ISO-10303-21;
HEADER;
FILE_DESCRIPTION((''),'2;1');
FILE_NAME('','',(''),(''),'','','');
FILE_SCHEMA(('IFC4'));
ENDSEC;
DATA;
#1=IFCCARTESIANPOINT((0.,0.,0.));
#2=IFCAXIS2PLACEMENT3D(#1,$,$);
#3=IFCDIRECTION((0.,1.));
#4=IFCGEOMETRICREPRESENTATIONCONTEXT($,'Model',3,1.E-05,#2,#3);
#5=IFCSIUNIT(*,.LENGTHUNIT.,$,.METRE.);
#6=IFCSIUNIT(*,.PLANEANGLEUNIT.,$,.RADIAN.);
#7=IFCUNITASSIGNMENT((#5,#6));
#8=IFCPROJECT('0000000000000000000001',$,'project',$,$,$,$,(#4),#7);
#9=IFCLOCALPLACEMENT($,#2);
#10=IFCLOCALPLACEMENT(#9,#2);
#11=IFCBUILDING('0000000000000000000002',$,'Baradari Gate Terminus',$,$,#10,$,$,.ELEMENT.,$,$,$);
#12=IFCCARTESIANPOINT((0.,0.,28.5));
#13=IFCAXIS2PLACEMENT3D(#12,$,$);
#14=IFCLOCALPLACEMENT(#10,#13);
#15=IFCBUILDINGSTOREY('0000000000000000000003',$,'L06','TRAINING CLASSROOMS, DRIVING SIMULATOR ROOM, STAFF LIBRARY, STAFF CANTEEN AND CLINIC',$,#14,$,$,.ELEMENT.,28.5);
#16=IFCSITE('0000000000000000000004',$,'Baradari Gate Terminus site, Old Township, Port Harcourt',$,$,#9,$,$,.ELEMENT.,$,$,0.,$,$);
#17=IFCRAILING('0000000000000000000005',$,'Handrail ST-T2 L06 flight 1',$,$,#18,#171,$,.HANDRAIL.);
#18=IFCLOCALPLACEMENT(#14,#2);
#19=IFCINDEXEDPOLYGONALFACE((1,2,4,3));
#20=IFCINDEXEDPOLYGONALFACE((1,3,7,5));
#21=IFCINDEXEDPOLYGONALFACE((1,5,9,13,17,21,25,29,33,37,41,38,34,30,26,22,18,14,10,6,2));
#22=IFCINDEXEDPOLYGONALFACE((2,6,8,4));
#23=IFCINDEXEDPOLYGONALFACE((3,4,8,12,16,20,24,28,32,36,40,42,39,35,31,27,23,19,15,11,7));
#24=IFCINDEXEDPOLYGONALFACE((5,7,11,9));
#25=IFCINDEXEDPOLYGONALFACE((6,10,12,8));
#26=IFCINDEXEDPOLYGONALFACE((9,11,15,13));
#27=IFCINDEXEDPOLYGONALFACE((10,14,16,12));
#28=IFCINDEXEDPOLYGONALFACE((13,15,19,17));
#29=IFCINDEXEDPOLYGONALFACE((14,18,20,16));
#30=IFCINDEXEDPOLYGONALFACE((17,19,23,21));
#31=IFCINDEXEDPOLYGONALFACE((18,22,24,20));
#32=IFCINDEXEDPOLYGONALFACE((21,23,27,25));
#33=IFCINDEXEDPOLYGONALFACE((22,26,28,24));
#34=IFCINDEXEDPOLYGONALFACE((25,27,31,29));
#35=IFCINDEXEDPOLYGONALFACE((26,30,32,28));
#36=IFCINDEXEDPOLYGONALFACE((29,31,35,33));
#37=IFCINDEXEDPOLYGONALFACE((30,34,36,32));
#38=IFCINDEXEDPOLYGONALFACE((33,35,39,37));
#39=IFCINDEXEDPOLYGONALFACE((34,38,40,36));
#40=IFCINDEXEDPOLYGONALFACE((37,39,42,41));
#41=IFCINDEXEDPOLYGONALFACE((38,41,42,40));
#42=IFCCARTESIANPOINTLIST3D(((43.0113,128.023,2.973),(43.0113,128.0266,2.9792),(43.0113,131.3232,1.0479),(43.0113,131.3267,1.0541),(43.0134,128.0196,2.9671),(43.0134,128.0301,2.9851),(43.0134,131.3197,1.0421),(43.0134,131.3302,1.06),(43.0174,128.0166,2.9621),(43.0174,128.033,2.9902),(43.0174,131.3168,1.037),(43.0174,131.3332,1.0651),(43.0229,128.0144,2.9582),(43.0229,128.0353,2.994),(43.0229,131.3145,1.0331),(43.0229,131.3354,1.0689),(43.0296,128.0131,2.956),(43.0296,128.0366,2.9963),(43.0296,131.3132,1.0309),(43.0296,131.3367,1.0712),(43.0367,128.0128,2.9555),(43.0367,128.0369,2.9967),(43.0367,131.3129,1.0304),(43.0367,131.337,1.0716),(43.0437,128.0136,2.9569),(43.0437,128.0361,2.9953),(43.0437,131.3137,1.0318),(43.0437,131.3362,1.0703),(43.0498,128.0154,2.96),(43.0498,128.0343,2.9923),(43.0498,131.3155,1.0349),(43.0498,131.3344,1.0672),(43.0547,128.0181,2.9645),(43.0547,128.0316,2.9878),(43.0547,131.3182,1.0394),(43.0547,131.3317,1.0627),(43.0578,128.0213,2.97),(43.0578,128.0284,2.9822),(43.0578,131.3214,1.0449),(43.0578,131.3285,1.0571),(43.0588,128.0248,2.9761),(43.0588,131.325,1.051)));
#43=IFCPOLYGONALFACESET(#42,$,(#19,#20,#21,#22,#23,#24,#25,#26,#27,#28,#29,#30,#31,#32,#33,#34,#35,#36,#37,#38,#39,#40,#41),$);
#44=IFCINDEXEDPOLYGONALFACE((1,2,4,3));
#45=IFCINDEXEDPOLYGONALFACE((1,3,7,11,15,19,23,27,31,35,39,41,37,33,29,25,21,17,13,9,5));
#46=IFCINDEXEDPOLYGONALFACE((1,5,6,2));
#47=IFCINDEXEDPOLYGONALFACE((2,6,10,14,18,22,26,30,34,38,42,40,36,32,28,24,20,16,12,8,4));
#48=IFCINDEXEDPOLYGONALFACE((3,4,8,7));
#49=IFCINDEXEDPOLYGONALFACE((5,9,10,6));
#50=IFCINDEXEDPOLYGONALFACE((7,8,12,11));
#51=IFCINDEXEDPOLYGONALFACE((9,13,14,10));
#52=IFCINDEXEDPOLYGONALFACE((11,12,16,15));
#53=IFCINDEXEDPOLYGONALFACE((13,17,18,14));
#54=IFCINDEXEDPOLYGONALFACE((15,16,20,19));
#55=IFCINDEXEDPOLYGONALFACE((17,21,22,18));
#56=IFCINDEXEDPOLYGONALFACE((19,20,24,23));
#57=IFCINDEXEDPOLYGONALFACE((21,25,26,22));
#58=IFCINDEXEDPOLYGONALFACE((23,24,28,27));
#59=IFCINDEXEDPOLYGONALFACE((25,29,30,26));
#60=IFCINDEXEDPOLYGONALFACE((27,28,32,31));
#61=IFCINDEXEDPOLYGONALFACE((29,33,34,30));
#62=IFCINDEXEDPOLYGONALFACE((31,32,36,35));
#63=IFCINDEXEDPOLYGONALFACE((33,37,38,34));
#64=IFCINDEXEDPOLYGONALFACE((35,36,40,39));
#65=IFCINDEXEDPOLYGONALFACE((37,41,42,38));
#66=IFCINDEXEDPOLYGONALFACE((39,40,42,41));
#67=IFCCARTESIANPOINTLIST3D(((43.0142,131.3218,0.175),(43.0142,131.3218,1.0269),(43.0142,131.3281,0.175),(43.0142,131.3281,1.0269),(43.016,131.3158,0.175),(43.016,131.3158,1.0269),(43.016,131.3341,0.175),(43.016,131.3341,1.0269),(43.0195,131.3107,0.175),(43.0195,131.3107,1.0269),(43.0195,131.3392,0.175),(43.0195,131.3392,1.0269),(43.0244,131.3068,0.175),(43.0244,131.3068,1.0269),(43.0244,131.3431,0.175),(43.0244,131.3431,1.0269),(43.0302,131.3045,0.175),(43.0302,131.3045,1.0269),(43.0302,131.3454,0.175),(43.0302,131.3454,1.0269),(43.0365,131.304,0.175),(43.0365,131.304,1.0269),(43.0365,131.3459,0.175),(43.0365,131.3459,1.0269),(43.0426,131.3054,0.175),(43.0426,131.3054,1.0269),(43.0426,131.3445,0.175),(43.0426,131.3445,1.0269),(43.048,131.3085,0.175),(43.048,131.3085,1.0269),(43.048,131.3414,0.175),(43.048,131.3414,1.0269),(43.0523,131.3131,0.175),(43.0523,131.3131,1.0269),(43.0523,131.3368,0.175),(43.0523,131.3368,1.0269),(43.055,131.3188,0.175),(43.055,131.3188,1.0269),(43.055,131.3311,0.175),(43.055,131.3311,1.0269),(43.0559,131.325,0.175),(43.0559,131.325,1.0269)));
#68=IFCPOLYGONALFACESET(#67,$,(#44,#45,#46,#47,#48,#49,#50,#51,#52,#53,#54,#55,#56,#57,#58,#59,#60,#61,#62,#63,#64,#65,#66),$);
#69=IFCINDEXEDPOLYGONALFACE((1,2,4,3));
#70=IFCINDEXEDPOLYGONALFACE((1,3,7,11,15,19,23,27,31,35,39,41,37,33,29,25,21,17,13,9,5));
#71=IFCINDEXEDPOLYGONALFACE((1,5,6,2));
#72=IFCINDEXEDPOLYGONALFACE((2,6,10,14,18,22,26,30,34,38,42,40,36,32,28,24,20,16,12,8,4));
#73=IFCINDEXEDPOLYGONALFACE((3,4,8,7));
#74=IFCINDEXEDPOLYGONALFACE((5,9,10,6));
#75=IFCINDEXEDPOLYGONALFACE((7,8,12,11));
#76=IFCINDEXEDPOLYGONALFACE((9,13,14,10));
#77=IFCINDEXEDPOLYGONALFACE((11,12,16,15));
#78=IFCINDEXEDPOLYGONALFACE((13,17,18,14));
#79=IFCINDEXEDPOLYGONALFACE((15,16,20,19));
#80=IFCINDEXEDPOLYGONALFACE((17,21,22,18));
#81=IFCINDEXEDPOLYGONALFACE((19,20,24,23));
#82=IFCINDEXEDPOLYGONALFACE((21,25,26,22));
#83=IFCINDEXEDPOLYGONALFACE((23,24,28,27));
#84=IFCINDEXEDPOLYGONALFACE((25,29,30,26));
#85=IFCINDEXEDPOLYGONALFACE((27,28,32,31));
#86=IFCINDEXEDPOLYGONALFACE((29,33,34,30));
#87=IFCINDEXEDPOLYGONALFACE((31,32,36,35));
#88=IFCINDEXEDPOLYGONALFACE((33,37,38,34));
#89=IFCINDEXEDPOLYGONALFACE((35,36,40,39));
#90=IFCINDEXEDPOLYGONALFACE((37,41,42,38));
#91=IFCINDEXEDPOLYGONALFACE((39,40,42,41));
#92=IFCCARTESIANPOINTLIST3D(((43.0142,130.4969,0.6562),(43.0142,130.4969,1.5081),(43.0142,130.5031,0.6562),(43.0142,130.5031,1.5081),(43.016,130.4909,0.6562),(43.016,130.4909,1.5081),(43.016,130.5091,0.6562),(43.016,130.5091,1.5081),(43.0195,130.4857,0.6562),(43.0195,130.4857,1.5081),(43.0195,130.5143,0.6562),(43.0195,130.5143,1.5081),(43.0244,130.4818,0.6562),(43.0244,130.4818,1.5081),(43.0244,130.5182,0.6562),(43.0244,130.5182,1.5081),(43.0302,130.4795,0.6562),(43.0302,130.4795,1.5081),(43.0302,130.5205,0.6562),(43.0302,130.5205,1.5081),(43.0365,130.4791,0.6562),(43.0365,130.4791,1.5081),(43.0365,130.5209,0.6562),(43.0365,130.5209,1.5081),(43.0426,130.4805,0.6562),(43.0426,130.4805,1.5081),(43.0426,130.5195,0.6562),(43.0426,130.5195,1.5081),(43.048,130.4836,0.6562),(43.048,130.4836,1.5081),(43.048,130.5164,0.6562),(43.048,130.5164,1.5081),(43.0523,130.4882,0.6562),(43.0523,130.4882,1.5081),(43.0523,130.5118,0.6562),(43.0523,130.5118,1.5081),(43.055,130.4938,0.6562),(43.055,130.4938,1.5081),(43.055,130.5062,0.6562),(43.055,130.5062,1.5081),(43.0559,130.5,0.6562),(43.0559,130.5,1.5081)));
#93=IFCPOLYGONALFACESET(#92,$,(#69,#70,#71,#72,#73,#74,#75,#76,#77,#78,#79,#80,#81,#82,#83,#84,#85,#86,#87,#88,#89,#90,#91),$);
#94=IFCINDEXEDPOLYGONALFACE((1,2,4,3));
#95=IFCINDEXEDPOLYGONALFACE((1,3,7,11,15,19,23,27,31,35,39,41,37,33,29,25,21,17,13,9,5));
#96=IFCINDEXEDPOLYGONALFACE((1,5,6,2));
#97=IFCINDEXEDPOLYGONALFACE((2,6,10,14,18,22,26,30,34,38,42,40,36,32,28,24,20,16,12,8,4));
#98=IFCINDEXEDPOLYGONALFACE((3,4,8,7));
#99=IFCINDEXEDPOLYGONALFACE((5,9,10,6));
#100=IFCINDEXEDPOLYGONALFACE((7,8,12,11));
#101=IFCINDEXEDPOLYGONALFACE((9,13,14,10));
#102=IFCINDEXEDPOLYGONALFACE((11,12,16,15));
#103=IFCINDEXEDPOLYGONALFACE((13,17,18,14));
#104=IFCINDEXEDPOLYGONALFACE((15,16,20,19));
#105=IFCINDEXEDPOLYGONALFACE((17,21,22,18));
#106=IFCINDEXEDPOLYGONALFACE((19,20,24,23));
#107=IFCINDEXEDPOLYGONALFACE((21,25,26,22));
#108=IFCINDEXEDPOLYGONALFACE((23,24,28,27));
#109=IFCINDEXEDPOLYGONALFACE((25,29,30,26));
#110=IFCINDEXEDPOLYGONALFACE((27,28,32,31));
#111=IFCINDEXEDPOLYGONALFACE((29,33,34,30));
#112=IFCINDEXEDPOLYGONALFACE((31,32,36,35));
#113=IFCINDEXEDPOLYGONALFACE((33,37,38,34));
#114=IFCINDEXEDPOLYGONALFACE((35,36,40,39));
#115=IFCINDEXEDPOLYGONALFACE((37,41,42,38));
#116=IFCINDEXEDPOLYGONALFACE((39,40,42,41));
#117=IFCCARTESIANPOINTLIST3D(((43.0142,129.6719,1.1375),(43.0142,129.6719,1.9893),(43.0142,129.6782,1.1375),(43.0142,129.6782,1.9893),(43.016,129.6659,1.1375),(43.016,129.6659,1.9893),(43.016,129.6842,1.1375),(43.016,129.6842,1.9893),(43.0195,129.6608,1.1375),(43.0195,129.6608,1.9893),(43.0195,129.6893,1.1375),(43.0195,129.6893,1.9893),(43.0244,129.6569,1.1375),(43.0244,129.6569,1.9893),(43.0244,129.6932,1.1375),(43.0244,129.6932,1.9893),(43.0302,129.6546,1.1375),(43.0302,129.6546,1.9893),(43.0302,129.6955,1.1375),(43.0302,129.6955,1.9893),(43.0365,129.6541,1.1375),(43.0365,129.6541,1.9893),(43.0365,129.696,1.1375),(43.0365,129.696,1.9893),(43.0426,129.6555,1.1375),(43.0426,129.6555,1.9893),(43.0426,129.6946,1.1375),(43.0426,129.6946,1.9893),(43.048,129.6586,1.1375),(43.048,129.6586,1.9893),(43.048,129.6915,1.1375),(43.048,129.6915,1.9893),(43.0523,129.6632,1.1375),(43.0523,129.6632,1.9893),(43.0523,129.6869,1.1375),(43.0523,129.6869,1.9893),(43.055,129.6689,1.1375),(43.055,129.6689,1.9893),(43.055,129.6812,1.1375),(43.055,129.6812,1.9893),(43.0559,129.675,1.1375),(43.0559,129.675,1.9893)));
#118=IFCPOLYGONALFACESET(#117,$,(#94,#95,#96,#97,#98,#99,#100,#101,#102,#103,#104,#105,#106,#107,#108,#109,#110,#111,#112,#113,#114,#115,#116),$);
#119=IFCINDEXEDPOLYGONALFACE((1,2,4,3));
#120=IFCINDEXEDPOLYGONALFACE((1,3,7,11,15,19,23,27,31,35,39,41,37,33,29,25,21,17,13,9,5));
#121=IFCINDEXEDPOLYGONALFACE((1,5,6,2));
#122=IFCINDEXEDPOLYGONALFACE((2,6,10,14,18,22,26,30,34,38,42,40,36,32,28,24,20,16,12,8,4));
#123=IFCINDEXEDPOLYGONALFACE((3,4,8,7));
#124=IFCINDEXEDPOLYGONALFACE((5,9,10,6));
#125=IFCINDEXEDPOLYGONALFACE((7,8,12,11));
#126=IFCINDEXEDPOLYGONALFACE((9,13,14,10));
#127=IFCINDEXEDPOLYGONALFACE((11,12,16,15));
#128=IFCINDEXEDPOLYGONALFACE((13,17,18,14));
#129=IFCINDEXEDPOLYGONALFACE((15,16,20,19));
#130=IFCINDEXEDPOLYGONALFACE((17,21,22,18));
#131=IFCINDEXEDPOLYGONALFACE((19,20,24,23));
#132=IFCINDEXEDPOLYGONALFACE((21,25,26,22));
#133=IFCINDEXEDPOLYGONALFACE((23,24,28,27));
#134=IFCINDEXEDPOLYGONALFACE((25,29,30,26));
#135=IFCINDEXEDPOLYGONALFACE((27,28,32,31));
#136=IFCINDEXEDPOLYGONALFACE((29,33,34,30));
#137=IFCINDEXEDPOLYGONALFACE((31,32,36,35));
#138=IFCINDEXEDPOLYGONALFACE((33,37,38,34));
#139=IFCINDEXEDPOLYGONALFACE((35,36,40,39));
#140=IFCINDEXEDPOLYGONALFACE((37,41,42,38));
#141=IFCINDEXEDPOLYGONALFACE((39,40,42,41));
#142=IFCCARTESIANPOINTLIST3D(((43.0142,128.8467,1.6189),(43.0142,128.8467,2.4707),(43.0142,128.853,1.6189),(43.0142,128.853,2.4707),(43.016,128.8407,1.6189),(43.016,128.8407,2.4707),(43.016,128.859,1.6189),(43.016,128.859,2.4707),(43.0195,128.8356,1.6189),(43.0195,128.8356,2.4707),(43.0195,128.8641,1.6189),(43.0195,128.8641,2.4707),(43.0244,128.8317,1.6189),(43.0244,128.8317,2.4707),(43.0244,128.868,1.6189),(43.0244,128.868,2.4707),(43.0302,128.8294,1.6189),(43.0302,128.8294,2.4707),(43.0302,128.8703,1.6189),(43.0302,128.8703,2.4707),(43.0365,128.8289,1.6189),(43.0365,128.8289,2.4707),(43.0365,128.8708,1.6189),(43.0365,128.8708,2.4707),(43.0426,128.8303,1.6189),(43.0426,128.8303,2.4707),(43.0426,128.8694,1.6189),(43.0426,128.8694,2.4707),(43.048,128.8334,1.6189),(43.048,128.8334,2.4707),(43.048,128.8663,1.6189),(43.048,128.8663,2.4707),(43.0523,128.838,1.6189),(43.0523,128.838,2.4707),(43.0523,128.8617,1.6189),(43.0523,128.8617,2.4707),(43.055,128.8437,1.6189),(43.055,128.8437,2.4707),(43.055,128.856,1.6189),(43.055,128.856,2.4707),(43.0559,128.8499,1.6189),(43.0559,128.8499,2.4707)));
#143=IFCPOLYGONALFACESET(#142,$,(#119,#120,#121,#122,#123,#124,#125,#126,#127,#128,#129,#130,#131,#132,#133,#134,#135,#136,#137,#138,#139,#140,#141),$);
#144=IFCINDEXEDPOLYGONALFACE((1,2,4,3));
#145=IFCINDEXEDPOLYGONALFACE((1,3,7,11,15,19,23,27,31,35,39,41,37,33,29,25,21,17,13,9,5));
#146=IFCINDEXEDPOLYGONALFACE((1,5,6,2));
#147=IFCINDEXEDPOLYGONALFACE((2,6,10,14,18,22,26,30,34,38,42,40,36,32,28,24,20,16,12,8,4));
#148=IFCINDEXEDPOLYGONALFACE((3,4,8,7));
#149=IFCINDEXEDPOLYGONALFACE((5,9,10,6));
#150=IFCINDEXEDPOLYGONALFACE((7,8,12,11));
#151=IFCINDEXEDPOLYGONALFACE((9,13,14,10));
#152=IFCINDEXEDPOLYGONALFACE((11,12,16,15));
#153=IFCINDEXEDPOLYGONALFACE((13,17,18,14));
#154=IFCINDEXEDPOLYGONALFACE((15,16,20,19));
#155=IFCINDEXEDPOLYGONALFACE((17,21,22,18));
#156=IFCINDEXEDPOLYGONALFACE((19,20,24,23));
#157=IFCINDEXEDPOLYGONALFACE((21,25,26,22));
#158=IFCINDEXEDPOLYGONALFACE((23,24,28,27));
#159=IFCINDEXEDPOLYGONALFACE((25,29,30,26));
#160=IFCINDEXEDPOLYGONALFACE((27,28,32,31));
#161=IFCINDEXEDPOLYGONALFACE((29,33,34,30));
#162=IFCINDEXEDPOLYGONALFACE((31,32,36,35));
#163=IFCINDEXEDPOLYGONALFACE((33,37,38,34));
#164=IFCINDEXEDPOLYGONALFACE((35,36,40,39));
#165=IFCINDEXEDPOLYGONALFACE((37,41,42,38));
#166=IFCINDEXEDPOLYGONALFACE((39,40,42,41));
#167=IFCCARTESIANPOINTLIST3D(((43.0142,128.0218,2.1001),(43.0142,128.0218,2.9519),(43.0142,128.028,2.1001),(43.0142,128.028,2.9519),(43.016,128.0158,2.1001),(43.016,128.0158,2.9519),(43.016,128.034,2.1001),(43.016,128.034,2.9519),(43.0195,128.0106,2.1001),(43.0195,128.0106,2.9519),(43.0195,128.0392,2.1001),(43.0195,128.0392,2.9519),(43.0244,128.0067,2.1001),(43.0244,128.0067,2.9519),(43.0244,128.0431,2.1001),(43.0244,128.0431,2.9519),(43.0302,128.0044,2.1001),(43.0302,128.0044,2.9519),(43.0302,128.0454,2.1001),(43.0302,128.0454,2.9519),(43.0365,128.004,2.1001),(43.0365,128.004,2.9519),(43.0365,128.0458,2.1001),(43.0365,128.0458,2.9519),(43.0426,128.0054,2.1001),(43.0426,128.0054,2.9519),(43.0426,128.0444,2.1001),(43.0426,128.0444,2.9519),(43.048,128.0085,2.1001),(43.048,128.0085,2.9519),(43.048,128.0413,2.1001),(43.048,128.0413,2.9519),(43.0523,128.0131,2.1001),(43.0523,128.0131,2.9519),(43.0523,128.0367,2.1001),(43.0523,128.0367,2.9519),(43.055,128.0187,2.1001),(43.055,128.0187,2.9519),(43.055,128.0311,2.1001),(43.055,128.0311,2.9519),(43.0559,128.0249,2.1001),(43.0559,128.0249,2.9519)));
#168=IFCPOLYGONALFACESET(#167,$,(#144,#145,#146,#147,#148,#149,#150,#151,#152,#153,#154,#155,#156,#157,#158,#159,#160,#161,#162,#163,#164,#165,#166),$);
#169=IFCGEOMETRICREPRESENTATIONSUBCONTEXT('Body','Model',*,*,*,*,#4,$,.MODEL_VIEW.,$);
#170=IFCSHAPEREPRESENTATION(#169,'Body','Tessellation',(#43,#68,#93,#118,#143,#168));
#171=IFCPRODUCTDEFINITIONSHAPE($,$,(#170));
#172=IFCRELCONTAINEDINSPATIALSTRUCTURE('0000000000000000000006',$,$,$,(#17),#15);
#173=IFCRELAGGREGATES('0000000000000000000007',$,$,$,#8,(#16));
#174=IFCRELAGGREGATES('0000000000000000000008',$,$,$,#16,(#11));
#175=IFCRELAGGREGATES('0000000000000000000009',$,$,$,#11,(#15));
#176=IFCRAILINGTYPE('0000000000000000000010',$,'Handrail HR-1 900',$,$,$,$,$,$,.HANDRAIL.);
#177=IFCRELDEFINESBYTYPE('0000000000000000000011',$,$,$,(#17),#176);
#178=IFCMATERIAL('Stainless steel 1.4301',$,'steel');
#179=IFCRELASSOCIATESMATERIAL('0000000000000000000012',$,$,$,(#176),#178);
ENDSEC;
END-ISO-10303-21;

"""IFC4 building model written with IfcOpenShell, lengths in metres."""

from ifc_helpers import new_model, si_unit, direction, frame, origin, origin_2d, place, context, subcontext, project, spatial, circle, extrude, material, type_object, element, save


model = new_model("IFC4")

# Units and contexts
model_context = context("Model", 3, precision=1e-05, world=origin(), true_north=direction((0.0, 1.0)))
body_context = subcontext(model_context, "Body", "Model", "MODEL_VIEW")
ifc_project = project(units=[si_unit("LENGTHUNIT", "METRE"), si_unit("PLANEANGLEUNIT", "RADIAN")], contexts=[model_context])

# Site, building, storey
site_placement = place(None, origin())
site = spatial("IfcSite", under=ifc_project, at=site_placement, Name="Baradari Gate Terminus site, Old Township, Port Harcourt", CompositionType="ELEMENT", RefElevation=0.0)
building_placement = place(site_placement, origin())
building = spatial("IfcBuilding", under=site, at=building_placement, Name="Baradari Gate Terminus", CompositionType="ELEMENT")
storey_placement = place(building_placement, frame((0.0, 0.0, 28.5)))
storey = spatial("IfcBuildingStorey", under=building, at=storey_placement, Name="L06", Description="TRAINING CLASSROOMS, DRIVING SIMULATOR ROOM, STAFF LIBRARY, STAFF CANTEEN AND CLINIC", CompositionType="ELEMENT", Elevation=28.5)

# Railing
ifc_material_1 = material(Name="Stainless steel 1.4301", Category="steel")
railing_type = type_object("IfcRailingType", Name="Handrail HR-1 900", PredefinedType="HANDRAIL", material=ifc_material_1)
for number, where, name in (
    (1, (43.0349, 131.325, 0.175), "Handrail ST-T2 L06 flight 1"),
):
    element("IfcRailing", number, at=place(storey_placement, frame(where)), inside=storey, type_object=railing_type, Name=name, PredefinedType="HANDRAIL", context=body_context, shape_type="SweptSolid", body=[
        extrude(circle(Radius=0.0239, at=origin_2d()), frame((0.0, 0.0, 0.876), z_axis=(0.0, -0.863777, 0.503875), x_axis=(1.0, 0.0, 0.0)), (0.0, 0.0, 1.0), 3.8206),
        extrude(circle(Radius=0.021, at=origin_2d()), origin(), (0.0, 0.0, 1.0), 0.8518),
        extrude(circle(Radius=0.021, at=origin_2d()), frame((0.0, -0.825, 0.4812)), (0.0, 0.0, 1.0), 0.8518),
        extrude(circle(Radius=0.021, at=origin_2d()), frame((0.0, -1.6499, 0.9624)), (0.0, 0.0, 1.0), 0.8518),
        extrude(circle(Radius=0.021, at=origin_2d()), frame((0.0, -2.4751, 1.4438)), (0.0, 0.0, 1.0), 0.8518),
        extrude(circle(Radius=0.021, at=origin_2d()), frame((0.0, -3.3, 1.925)), (0.0, 0.0, 1.0), 0.8518),
    ])

save(model, "model.ifc")
